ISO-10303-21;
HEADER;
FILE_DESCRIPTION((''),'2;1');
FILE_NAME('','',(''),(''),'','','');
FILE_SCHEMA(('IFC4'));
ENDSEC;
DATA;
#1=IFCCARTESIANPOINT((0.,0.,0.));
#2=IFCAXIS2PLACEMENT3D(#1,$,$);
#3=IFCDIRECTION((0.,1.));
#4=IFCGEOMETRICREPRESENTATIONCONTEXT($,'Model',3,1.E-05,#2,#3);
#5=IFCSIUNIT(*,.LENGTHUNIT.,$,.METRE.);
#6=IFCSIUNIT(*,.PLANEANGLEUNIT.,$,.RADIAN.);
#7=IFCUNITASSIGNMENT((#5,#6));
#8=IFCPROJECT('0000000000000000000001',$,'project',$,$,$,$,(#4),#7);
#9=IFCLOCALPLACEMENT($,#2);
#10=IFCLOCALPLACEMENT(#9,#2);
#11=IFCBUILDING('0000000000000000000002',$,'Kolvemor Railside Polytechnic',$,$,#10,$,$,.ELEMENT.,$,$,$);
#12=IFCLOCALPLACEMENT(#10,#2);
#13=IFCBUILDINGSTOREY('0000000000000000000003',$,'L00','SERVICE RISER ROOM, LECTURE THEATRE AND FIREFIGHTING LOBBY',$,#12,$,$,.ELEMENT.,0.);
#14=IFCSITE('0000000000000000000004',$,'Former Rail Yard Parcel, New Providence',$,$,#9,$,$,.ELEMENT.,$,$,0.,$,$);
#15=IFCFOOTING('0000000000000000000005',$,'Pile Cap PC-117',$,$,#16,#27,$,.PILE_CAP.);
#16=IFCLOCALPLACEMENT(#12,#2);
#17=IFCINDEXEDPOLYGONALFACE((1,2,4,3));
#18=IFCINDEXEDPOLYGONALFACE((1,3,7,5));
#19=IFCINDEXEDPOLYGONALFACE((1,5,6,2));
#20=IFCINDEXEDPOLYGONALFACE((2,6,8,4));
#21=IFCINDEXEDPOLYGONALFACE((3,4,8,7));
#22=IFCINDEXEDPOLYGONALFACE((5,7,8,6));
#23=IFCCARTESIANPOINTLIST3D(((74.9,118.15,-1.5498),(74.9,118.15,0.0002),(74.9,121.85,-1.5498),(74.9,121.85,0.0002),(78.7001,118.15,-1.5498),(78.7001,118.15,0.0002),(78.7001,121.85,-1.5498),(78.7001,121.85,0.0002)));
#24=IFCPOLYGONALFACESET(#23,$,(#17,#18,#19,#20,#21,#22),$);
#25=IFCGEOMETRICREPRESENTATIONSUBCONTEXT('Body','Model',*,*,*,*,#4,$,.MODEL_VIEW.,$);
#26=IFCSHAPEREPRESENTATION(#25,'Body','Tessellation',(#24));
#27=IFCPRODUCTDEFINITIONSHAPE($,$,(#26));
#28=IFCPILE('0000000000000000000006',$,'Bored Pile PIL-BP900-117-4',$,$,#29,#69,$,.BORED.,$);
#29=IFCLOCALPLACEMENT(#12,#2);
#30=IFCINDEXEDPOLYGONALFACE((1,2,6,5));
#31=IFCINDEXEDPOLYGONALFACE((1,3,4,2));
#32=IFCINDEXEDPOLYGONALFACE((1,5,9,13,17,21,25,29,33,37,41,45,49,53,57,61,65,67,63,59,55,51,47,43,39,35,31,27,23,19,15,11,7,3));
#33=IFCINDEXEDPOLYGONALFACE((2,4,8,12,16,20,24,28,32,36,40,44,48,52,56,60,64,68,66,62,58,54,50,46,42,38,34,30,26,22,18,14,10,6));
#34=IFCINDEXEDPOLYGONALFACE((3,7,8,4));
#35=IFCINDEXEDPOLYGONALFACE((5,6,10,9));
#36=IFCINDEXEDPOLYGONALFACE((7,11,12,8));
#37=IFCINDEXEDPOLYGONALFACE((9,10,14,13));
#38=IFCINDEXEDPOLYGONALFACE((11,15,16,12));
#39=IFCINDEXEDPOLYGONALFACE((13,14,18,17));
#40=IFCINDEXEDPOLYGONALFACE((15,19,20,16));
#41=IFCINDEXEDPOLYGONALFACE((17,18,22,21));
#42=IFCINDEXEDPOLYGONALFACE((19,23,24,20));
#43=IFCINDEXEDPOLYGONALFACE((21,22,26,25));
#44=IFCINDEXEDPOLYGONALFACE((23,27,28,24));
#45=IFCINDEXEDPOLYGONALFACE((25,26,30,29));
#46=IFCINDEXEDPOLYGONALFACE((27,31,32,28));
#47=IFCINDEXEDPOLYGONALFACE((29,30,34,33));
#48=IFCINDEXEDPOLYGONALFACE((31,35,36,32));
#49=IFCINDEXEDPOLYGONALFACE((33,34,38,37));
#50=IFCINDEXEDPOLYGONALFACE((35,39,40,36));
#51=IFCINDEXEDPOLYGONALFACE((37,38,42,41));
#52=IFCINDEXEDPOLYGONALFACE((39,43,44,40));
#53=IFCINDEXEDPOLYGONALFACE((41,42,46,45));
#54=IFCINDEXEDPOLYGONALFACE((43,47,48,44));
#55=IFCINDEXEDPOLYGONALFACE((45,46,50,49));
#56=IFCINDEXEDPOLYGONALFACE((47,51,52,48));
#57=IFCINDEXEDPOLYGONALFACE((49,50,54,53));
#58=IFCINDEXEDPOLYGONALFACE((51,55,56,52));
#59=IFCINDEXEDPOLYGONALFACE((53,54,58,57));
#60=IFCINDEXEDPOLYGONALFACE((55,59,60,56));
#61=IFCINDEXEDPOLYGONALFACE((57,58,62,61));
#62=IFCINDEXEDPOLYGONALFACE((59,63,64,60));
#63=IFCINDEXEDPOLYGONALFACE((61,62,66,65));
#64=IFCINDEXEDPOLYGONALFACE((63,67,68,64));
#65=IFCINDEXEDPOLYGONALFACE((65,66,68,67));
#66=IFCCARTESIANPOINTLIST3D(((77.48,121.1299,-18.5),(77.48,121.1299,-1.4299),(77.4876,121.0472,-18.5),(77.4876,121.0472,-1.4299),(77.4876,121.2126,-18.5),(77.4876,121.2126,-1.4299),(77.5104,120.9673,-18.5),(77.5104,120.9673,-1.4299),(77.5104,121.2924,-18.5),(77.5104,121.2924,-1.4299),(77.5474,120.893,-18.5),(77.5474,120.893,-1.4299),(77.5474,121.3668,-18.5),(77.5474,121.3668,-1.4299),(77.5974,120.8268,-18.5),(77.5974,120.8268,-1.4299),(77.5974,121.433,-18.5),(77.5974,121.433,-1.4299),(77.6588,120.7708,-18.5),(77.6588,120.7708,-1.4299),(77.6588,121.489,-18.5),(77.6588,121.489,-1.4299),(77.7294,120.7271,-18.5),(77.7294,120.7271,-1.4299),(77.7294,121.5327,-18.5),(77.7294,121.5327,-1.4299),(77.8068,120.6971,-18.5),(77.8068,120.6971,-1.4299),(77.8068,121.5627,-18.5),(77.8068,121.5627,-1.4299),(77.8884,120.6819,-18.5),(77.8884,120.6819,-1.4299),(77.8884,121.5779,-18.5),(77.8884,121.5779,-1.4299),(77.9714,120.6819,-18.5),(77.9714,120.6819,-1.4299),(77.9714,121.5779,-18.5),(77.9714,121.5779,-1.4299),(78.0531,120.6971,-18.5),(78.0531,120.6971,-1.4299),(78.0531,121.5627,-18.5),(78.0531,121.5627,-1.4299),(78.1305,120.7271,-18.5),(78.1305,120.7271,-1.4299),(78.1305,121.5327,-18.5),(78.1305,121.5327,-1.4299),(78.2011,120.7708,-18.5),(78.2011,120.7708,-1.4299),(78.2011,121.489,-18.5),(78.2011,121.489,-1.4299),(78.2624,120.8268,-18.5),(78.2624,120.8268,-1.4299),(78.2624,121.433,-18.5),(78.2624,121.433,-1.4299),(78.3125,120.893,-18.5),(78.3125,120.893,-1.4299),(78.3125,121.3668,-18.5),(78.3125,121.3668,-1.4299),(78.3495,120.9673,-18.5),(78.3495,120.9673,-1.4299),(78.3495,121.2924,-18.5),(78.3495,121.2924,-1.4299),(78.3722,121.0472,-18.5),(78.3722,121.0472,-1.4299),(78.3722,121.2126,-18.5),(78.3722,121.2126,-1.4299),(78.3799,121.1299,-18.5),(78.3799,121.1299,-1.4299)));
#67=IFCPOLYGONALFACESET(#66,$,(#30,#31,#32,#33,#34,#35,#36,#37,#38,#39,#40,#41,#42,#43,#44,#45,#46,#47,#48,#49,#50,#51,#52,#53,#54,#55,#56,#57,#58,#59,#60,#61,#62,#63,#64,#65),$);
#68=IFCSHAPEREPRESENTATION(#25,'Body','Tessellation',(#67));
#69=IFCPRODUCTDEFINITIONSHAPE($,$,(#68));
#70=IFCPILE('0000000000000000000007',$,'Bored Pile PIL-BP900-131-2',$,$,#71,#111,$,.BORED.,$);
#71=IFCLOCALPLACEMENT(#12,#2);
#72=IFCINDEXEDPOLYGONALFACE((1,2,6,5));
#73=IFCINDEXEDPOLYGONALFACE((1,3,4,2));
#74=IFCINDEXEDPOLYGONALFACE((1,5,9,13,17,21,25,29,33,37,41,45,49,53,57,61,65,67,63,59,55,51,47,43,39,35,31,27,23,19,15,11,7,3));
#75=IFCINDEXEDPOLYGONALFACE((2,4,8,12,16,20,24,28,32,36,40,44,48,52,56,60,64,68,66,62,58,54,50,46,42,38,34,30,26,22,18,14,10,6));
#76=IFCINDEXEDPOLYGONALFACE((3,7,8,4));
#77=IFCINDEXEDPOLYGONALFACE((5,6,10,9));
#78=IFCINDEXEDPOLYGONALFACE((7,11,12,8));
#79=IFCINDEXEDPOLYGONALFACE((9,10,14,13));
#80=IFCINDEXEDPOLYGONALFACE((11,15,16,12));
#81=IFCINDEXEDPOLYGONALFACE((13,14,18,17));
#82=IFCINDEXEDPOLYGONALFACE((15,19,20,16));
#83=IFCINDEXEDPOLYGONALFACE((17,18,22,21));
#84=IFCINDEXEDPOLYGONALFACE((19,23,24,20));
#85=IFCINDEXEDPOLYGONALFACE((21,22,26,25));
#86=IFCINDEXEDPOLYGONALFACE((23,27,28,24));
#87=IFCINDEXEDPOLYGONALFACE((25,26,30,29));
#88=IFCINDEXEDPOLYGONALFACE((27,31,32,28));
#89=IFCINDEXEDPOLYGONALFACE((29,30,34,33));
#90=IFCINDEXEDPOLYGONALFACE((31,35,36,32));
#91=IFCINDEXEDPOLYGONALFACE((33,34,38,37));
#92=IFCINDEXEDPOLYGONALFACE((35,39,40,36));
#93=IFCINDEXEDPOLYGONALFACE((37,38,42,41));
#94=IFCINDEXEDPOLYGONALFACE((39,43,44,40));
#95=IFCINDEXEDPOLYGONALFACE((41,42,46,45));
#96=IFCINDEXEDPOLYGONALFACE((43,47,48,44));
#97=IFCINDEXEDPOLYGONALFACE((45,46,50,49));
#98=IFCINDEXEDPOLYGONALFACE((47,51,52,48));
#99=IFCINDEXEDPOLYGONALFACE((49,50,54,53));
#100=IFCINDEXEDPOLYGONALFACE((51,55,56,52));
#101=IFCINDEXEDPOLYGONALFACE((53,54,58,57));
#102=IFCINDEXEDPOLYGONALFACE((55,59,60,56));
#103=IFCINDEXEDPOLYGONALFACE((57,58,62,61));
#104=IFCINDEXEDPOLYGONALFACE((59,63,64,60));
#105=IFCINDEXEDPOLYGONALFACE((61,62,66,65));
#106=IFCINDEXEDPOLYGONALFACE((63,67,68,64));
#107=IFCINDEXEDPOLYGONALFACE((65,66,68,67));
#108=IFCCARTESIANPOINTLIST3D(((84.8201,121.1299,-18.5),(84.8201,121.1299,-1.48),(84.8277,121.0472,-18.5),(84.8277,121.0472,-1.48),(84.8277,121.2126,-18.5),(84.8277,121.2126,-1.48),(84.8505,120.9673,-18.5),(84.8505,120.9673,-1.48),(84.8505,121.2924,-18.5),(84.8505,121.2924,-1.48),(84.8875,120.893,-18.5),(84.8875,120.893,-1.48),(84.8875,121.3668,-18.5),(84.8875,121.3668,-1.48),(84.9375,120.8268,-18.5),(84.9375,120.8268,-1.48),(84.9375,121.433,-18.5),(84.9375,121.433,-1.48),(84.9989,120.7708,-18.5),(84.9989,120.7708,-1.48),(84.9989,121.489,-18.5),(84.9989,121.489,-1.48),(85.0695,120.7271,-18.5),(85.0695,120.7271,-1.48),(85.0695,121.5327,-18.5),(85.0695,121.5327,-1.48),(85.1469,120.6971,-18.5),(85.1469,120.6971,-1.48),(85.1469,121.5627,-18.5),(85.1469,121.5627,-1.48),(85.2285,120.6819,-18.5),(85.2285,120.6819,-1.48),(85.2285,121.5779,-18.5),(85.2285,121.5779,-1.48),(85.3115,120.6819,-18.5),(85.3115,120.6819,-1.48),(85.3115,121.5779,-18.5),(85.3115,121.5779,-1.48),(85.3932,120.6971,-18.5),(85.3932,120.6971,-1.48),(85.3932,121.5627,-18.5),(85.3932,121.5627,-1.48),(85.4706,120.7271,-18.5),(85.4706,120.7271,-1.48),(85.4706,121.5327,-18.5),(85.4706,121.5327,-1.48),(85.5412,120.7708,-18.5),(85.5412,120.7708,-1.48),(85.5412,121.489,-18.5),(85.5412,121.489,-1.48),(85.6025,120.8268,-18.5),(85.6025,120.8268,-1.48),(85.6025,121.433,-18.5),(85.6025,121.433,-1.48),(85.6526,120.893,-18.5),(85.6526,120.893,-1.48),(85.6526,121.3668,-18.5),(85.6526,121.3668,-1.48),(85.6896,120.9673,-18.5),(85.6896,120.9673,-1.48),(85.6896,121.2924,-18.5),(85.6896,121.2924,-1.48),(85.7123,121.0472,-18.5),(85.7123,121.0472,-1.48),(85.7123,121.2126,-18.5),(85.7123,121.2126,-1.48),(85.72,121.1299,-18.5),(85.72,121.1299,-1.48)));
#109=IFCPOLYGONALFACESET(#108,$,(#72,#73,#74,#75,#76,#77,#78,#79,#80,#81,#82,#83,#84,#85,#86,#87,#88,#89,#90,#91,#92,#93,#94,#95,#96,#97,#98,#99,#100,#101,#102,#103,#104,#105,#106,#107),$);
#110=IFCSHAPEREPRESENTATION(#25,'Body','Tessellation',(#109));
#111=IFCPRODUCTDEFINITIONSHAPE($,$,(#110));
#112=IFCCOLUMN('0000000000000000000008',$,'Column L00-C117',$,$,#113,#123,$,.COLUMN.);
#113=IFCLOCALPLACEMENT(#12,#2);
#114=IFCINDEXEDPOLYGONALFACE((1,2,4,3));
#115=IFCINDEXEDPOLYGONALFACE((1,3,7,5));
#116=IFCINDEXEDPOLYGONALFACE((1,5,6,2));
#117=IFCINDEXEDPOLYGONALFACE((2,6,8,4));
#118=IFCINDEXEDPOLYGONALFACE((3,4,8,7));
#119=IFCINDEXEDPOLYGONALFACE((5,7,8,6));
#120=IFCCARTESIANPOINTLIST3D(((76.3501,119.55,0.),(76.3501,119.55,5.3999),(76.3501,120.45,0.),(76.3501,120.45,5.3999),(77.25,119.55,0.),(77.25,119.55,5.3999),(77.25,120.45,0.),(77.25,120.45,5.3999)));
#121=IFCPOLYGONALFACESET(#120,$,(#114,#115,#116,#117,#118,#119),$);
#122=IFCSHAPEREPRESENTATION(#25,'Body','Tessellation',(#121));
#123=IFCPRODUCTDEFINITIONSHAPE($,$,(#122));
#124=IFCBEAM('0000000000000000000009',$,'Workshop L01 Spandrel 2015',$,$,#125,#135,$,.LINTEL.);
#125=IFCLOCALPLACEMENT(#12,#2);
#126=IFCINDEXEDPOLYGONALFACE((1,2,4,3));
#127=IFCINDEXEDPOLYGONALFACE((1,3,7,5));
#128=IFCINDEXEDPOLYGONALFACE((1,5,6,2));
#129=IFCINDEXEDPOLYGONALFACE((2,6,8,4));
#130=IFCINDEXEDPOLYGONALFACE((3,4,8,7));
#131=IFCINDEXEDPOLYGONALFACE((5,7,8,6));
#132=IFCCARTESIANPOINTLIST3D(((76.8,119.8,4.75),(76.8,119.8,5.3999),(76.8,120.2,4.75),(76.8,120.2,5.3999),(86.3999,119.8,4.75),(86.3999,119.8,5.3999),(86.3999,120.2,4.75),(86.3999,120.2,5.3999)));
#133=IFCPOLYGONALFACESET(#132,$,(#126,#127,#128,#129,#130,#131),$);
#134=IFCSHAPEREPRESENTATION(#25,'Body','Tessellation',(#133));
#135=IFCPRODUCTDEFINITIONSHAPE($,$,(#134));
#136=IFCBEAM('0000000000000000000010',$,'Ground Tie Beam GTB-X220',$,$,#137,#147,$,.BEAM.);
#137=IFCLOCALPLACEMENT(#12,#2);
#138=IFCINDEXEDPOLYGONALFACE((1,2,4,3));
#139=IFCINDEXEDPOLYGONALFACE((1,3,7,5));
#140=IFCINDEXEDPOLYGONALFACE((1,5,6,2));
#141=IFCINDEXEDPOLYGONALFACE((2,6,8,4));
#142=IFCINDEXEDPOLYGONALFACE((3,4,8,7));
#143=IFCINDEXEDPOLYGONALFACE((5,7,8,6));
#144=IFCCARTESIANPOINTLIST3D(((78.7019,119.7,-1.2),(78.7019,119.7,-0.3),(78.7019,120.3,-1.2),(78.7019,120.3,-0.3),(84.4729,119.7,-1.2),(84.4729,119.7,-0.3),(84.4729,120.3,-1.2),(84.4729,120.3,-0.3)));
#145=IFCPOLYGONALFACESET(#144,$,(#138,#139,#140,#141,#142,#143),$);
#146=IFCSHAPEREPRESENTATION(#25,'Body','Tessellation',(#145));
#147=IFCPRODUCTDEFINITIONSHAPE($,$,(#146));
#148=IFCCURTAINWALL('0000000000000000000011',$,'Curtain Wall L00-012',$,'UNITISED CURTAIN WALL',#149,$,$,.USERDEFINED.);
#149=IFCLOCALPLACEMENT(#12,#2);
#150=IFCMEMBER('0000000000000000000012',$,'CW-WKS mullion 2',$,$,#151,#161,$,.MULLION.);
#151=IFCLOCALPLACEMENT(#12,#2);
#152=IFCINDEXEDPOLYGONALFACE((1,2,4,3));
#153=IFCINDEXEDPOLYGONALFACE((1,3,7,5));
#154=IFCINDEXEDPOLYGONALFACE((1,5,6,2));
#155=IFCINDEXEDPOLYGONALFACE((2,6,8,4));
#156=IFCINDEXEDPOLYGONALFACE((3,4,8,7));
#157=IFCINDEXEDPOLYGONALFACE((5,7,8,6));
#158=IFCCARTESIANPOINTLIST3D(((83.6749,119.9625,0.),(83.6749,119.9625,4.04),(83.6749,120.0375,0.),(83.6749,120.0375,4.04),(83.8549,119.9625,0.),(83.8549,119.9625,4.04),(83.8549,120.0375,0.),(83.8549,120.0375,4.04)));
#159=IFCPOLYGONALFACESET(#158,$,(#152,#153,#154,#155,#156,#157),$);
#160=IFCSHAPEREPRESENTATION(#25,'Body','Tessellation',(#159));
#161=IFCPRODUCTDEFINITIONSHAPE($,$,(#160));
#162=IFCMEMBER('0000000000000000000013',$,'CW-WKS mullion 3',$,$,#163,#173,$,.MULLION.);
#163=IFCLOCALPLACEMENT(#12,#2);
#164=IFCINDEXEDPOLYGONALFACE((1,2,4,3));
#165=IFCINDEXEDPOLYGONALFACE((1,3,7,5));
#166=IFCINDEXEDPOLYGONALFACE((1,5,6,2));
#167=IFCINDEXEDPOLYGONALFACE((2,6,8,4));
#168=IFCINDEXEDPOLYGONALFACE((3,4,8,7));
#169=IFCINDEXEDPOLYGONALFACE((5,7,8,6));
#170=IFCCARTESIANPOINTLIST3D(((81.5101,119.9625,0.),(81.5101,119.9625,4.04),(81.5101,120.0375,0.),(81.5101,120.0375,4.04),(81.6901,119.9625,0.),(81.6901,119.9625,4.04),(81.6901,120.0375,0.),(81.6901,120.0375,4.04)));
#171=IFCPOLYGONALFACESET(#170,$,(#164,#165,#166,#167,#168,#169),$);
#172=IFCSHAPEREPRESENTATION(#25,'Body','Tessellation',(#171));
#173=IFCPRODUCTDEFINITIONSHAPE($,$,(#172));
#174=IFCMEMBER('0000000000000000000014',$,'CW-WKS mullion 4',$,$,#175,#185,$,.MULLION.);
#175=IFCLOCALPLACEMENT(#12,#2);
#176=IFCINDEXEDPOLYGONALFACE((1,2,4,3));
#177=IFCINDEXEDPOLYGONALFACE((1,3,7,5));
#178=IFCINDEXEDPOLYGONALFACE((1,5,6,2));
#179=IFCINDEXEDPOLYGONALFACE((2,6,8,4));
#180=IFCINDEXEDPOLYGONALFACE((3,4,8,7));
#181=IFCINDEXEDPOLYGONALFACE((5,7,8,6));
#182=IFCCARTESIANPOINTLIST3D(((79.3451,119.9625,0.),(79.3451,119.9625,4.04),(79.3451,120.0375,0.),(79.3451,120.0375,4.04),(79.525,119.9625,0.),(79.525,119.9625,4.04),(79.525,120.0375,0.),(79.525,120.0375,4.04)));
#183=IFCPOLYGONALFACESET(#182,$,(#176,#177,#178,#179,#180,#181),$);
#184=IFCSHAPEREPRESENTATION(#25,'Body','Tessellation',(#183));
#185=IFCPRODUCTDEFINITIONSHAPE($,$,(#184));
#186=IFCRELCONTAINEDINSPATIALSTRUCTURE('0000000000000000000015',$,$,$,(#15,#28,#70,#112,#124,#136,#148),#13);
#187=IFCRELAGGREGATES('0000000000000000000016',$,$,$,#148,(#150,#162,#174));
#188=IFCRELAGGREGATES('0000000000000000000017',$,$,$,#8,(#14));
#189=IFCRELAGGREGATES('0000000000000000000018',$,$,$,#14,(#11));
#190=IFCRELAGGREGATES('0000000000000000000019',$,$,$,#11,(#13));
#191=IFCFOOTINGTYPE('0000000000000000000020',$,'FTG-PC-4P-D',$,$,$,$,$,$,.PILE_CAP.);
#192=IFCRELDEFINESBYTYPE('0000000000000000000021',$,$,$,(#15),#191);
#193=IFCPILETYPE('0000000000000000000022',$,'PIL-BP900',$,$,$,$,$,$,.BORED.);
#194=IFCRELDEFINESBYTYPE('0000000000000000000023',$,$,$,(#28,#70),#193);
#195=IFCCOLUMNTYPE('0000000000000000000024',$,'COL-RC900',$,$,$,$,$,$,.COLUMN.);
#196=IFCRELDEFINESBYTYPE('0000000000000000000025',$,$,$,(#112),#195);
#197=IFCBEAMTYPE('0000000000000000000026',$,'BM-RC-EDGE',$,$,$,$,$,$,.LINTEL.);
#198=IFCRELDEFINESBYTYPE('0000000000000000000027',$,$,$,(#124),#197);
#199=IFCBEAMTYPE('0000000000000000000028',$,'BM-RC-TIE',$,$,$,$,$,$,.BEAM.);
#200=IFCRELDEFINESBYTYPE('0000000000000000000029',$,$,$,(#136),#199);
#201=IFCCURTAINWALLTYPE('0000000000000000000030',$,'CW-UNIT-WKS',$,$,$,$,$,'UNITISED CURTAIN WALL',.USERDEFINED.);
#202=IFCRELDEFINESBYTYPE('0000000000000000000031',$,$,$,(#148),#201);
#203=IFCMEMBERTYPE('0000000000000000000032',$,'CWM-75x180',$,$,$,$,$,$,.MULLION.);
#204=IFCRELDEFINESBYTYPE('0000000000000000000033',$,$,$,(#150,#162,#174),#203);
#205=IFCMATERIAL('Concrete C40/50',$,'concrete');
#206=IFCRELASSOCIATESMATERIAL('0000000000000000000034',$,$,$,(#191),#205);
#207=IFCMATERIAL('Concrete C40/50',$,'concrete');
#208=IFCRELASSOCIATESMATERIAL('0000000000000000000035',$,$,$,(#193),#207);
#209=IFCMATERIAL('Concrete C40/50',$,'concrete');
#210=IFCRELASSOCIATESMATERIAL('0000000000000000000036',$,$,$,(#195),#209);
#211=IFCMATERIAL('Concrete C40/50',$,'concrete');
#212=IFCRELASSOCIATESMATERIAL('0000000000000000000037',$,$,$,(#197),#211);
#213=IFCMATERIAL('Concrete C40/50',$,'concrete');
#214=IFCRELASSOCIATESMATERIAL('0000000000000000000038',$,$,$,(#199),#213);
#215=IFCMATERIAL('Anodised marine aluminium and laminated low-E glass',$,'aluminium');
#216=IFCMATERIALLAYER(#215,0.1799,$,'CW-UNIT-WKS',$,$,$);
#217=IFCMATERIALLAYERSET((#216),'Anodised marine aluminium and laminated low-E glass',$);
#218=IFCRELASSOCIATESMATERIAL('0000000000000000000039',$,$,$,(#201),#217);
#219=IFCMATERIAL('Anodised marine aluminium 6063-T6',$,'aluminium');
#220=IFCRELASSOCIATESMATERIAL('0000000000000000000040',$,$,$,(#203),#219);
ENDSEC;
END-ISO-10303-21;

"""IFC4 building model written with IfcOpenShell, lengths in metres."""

from ifc_helpers import new_model, si_unit, direction, frame, origin, origin_2d, place, context, subcontext, project, spatial, rectangle, circle, extrude, material, layer, layer_set, material_profile, profile_set, type_object, element, aggregate, save


model = new_model("IFC4")

# Units and contexts
model_context = context("Model", 3, precision=1e-05, world=origin(), true_north=direction((0.0, 1.0)))
body_context = subcontext(model_context, "Body", "Model", "MODEL_VIEW")
ifc_project = project(units=[si_unit("LENGTHUNIT", "METRE"), si_unit("PLANEANGLEUNIT", "RADIAN")], contexts=[model_context])

# Site, building, storey
site_placement = place(None, origin())
site = spatial("IfcSite", under=ifc_project, at=site_placement, Name="Former Rail Yard Parcel, New Providence", CompositionType="ELEMENT", RefElevation=0.0)
building_placement = place(site_placement, origin())
building = spatial("IfcBuilding", under=site, at=building_placement, Name="Kolvemor Railside Polytechnic", CompositionType="ELEMENT")
storey_placement = place(building_placement, origin())
storey = spatial("IfcBuildingStorey", under=building, at=storey_placement, Name="L00", Description="SERVICE RISER ROOM, LECTURE THEATRE AND FIREFIGHTING LOBBY", CompositionType="ELEMENT", Elevation=0.0)

# Footing
ifc_material_1 = material(Name="Concrete C40/50", Category="concrete")
footing_type = type_object("IfcFootingType", Name="FTG-PC-4P-D", PredefinedType="PILE_CAP", material=ifc_material_1)
footing_placement = place(storey_placement, frame((76.8, 120.0, -1.5498), z_axis=(0.0, 0.0, 1.0), x_axis=(1.0, 0.0, 0.0)))
element("IfcFooting", 1, at=footing_placement, inside=storey, type_object=footing_type, Name="Pile Cap PC-117", PredefinedType="PILE_CAP", context=body_context, shape_type="SweptSolid", body=[
    extrude(rectangle(XDim=3.8, YDim=3.7, at=origin_2d()), origin(), (0.0, 0.0, 1.0), 1.55),
])

# Piles
ifc_material_2 = material(Name="Concrete C40/50", Category="concrete")
ifc_material_profile_1 = material_profile(ifc_material_2, circle(Radius=0.45, at=origin_2d()), Name="BP900")
ifc_profile_set_1 = profile_set([ifc_material_profile_1], Name="Concrete C40/50")
pile_type = type_object("IfcPileType", Name="PIL-BP900", PredefinedType="BORED", material=ifc_profile_set_1)
pile_1_placement = place(storey_placement, frame((77.9299, 121.1299, -1.4299), z_axis=(0.0, 0.0, -1.0), x_axis=(1.0, 0.0, 0.0)))
element("IfcPile", 2, at=pile_1_placement, inside=storey, type_object=pile_type, Name="Bored Pile PIL-BP900-117-4", PredefinedType="BORED", context=body_context, shape_type="SweptSolid", body=[
    extrude(circle(Radius=0.45, at=origin_2d()), origin(), (0.0, 0.0, 1.0), 17.0701),
])
pile_2_placement = place(storey_placement, frame((85.27, 121.1299, -1.48), z_axis=(0.0, 0.0, -1.0), x_axis=(1.0, 0.0, 0.0)))
element("IfcPile", 3, at=pile_2_placement, inside=storey, type_object=pile_type, Name="Bored Pile PIL-BP900-131-2", PredefinedType="BORED", context=body_context, shape_type="SweptSolid", body=[
    extrude(circle(Radius=0.45, at=origin_2d()), origin(), (0.0, 0.0, 1.0), 17.02),
])

# Column
ifc_material_3 = material(Name="Concrete C40/50", Category="concrete")
ifc_material_profile_2 = material_profile(ifc_material_3, rectangle(XDim=0.8999, YDim=0.8999, at=origin_2d()), Name="RC900x900")
ifc_profile_set_2 = profile_set([ifc_material_profile_2], Name="Concrete C40/50")
column_type = type_object("IfcColumnType", Name="COL-RC900", PredefinedType="COLUMN", material=ifc_profile_set_2)
column_placement = place(storey_placement, frame((76.8, 120.0, 0.0), z_axis=(0.0, 0.0, 1.0), x_axis=(1.0, 0.0, 0.0)))
element("IfcColumn", 4, at=column_placement, inside=storey, type_object=column_type, Name="Column L00-C117", PredefinedType="COLUMN", context=body_context, shape_type="SweptSolid", body=[
    extrude(rectangle(XDim=0.8999, YDim=0.8999, at=origin_2d()), origin(), (0.0, 0.0, 1.0), 5.3999),
])

# Beams
ifc_material_4 = material(Name="Concrete C40/50", Category="concrete")
ifc_material_profile_3 = material_profile(ifc_material_4, rectangle(XDim=0.3999, YDim=0.6499, at=origin_2d()), Name="RC400x650")
ifc_profile_set_3 = profile_set([ifc_material_profile_3], Name="Concrete C40/50")
beam_type_1 = type_object("IfcBeamType", Name="BM-RC-EDGE", PredefinedType="LINTEL", material=ifc_profile_set_3)
beam_1_placement = place(storey_placement, frame((76.8, 120.0, 5.075), z_axis=(1.0, 0.0, 0.0), x_axis=(0.0, 1.0, 0.0)))
element("IfcBeam", 5, at=beam_1_placement, inside=storey, type_object=beam_type_1, Name="Workshop L01 Spandrel 2015", PredefinedType="LINTEL", context=body_context, shape_type="SweptSolid", body=[
    extrude(rectangle(XDim=0.3999, YDim=0.6499, at=origin_2d()), origin(), (0.0, 0.0, 1.0), 9.5999),
])
ifc_material_5 = material(Name="Concrete C40/50", Category="concrete")
ifc_material_profile_4 = material_profile(ifc_material_5, rectangle(XDim=0.6001, YDim=0.8999, at=origin_2d()), Name="RC600x900")
ifc_profile_set_4 = profile_set([ifc_material_profile_4], Name="Concrete C40/50")
beam_type_2 = type_object("IfcBeamType", Name="BM-RC-TIE", PredefinedType="BEAM", material=ifc_profile_set_4)
beam_2_placement = place(storey_placement, frame((78.7019, 120.0, -0.75), z_axis=(1.0, 0.0, 0.0), x_axis=(0.0, 1.0, 0.0)))
element("IfcBeam", 6, at=beam_2_placement, inside=storey, type_object=beam_type_2, Name="Ground Tie Beam GTB-X220", PredefinedType="BEAM", context=body_context, shape_type="SweptSolid", body=[
    extrude(rectangle(XDim=0.6001, YDim=0.8999, at=origin_2d()), origin(), (0.0, 0.0, 1.0), 5.771),
])

# Curtain wall, members
ifc_material_6 = material(Name="Anodised marine aluminium and laminated low-E glass", Category="aluminium")
ifc_layer_1 = layer(ifc_material_6, 0.1799, Name="CW-UNIT-WKS")
ifc_layer_set_1 = layer_set([ifc_layer_1], Name="Anodised marine aluminium and laminated low-E glass")
curtain_wall_type = type_object("IfcCurtainWallType", Name="CW-UNIT-WKS", ElementType="UNITISED CURTAIN WALL", PredefinedType="USERDEFINED", material=ifc_layer_set_1)
curtain_wall_placement = place(storey_placement, origin())
curtain_wall = element("IfcCurtainWall", 7, at=curtain_wall_placement, inside=storey, type_object=curtain_wall_type, Name="Curtain Wall L00-012", ObjectType="UNITISED CURTAIN WALL", PredefinedType="USERDEFINED")
ifc_material_7 = material(Name="Anodised marine aluminium 6063-T6", Category="aluminium")
ifc_material_profile_5 = material_profile(ifc_material_7, rectangle(XDim=0.075, YDim=0.1799, at=origin_2d()), Name="CW-MUL-75x180")
ifc_profile_set_5 = profile_set([ifc_material_profile_5], Name="Anodised marine aluminium 6063-T6")
member_type_1 = type_object("IfcMemberType", Name="CWM-75x180", PredefinedType="MULLION", material=ifc_profile_set_5)
member_1_placement = place(storey_placement, frame((83.7649, 120.0, 0.0), z_axis=(0.0, 0.0, 1.0), x_axis=(0.0, -1.0, 0.0)))
member_1 = element("IfcMember", 8, at=member_1_placement, type_object=member_type_1, Name="CW-WKS mullion 2", PredefinedType="MULLION", context=body_context, shape_type="SweptSolid", body=[
    extrude(rectangle(XDim=0.075, YDim=0.1799, at=origin_2d()), origin(), (0.0, 0.0, 1.0), 4.04),
])
member_2_placement = place(storey_placement, frame((81.6001, 120.0, 0.0), z_axis=(0.0, 0.0, 1.0), x_axis=(0.0, -1.0, 0.0)))
member_2 = element("IfcMember", 9, at=member_2_placement, type_object=member_type_1, Name="CW-WKS mullion 3", PredefinedType="MULLION", context=body_context, shape_type="SweptSolid", body=[
    extrude(rectangle(XDim=0.075, YDim=0.1799, at=origin_2d()), origin(), (0.0, 0.0, 1.0), 4.04),
])
member_3_placement = place(storey_placement, frame((79.4351, 120.0, 0.0), z_axis=(0.0, 0.0, 1.0), x_axis=(0.0, -1.0, 0.0)))
member_3 = element("IfcMember", 10, at=member_3_placement, type_object=member_type_1, Name="CW-WKS mullion 4", PredefinedType="MULLION", context=body_context, shape_type="SweptSolid", body=[
    extrude(rectangle(XDim=0.075, YDim=0.1799, at=origin_2d()), origin(), (0.0, 0.0, 1.0), 4.04),
])
aggregate(curtain_wall, [member_1, member_2, member_3])

save(model, "model.ifc")
